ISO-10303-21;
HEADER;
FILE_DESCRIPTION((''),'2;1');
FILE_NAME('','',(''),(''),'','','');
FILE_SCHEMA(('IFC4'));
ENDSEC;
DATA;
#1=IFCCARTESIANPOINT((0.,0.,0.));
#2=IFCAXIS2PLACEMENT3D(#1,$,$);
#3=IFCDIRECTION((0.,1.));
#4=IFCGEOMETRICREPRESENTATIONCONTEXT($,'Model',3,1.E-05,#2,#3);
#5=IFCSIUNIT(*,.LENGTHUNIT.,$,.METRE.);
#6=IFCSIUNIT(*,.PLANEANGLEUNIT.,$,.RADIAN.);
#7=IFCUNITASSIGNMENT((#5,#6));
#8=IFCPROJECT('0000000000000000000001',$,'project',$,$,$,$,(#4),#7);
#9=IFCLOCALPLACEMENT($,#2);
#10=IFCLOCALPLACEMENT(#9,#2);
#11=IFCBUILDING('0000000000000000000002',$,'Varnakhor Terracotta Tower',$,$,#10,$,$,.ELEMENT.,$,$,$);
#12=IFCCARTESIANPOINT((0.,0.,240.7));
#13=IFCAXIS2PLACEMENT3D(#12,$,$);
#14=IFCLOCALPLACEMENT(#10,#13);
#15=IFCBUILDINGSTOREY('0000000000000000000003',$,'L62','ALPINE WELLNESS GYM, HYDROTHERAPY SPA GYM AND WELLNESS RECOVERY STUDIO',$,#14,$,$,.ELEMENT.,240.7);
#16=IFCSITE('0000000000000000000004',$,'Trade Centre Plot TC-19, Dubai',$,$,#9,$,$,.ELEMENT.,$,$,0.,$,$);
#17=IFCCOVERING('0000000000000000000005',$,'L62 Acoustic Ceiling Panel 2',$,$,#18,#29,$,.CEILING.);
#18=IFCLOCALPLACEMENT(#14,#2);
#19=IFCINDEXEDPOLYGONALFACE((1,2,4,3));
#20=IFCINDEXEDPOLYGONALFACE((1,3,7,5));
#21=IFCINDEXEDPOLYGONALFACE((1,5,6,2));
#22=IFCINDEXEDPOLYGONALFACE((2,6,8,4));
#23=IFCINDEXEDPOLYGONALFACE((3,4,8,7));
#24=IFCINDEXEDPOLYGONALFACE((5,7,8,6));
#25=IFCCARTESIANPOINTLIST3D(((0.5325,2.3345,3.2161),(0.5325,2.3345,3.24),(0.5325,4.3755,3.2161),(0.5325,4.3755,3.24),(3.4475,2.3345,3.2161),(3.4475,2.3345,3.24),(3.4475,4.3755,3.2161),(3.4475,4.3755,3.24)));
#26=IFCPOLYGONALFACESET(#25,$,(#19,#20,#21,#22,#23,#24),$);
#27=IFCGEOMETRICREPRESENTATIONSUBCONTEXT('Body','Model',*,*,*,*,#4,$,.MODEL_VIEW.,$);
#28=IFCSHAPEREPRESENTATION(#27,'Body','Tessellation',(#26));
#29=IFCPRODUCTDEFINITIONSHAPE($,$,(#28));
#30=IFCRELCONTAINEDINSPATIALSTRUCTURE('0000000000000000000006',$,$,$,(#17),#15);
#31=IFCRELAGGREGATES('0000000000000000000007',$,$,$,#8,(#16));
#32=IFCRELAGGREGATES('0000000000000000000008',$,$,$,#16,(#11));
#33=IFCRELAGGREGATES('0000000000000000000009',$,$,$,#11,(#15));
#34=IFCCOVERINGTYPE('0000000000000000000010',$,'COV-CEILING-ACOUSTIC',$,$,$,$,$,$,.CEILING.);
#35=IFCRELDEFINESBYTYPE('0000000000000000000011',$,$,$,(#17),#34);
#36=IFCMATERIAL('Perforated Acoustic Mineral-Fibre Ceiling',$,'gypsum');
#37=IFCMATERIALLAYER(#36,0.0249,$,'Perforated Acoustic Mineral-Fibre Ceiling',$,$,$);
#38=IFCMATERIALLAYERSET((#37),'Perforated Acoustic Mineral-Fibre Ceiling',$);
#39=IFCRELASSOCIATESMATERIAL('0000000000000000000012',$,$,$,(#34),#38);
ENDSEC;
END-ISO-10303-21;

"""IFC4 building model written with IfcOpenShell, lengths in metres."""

from ifc_helpers import new_model, si_unit, direction, frame, origin, origin_2d, place, context, subcontext, project, spatial, rectangle, extrude, source, transform, mapped, material, layer, layer_set, type_object, element, save


model = new_model("IFC4")

# Units and contexts
model_context = context("Model", 3, precision=1e-05, world=origin(), true_north=direction((0.0, 1.0)))
body_context = subcontext(model_context, "Body", "Model", "MODEL_VIEW")
ifc_project = project(units=[si_unit("LENGTHUNIT", "METRE"), si_unit("PLANEANGLEUNIT", "RADIAN")], contexts=[model_context])

# Site, building, storey
site_placement = place(None, origin())
site = spatial("IfcSite", under=ifc_project, at=site_placement, Name="Trade Centre Plot TC-19, Dubai", CompositionType="ELEMENT", RefElevation=0.0)
building_placement = place(site_placement, origin())
building = spatial("IfcBuilding", under=site, at=building_placement, Name="Varnakhor Terracotta Tower", CompositionType="ELEMENT")
storey_placement = place(building_placement, frame((0.0, 0.0, 240.7)))
storey = spatial("IfcBuildingStorey", under=building, at=storey_placement, Name="L62", Description="ALPINE WELLNESS GYM, HYDROTHERAPY SPA GYM AND WELLNESS RECOVERY STUDIO", CompositionType="ELEMENT", Elevation=240.7)

# Covering
ifc_material_1 = material(Name="Perforated Acoustic Mineral-Fibre Ceiling", Category="gypsum")
ifc_layer_1 = layer(ifc_material_1, 0.0249, Name="Perforated Acoustic Mineral-Fibre Ceiling")
ifc_layer_set_1 = layer_set([ifc_layer_1], Name="Perforated Acoustic Mineral-Fibre Ceiling")
covering_type_1 = type_object("IfcCoveringType", Name="COV-CEILING-ACOUSTIC", PredefinedType="CEILING", material=ifc_layer_set_1)
shared_shape_1 = source(origin(), body_context, "Body", "SweptSolid", [
    extrude(rectangle(XDim=2.915, YDim=2.041, at=origin_2d()), origin(), (0.0, 0.0, 1.0), 0.0239),
])
covering_1_placement = place(storey_placement, frame((1.99, 3.355, 3.2161), z_axis=(0.0, 0.0, 1.0), x_axis=(1.0, 0.0, 0.0)))
element("IfcCovering", 1, at=covering_1_placement, inside=storey, type_object=covering_type_1, Name="L62 Acoustic Ceiling Panel 2", PredefinedType="CEILING", context=body_context, shape_type="MappedRepresentation", body=[
    mapped(shared_shape_1, transform((0.0, 0.0, 0.0), scale=1.0)),
])

save(model, "model.ifc")
